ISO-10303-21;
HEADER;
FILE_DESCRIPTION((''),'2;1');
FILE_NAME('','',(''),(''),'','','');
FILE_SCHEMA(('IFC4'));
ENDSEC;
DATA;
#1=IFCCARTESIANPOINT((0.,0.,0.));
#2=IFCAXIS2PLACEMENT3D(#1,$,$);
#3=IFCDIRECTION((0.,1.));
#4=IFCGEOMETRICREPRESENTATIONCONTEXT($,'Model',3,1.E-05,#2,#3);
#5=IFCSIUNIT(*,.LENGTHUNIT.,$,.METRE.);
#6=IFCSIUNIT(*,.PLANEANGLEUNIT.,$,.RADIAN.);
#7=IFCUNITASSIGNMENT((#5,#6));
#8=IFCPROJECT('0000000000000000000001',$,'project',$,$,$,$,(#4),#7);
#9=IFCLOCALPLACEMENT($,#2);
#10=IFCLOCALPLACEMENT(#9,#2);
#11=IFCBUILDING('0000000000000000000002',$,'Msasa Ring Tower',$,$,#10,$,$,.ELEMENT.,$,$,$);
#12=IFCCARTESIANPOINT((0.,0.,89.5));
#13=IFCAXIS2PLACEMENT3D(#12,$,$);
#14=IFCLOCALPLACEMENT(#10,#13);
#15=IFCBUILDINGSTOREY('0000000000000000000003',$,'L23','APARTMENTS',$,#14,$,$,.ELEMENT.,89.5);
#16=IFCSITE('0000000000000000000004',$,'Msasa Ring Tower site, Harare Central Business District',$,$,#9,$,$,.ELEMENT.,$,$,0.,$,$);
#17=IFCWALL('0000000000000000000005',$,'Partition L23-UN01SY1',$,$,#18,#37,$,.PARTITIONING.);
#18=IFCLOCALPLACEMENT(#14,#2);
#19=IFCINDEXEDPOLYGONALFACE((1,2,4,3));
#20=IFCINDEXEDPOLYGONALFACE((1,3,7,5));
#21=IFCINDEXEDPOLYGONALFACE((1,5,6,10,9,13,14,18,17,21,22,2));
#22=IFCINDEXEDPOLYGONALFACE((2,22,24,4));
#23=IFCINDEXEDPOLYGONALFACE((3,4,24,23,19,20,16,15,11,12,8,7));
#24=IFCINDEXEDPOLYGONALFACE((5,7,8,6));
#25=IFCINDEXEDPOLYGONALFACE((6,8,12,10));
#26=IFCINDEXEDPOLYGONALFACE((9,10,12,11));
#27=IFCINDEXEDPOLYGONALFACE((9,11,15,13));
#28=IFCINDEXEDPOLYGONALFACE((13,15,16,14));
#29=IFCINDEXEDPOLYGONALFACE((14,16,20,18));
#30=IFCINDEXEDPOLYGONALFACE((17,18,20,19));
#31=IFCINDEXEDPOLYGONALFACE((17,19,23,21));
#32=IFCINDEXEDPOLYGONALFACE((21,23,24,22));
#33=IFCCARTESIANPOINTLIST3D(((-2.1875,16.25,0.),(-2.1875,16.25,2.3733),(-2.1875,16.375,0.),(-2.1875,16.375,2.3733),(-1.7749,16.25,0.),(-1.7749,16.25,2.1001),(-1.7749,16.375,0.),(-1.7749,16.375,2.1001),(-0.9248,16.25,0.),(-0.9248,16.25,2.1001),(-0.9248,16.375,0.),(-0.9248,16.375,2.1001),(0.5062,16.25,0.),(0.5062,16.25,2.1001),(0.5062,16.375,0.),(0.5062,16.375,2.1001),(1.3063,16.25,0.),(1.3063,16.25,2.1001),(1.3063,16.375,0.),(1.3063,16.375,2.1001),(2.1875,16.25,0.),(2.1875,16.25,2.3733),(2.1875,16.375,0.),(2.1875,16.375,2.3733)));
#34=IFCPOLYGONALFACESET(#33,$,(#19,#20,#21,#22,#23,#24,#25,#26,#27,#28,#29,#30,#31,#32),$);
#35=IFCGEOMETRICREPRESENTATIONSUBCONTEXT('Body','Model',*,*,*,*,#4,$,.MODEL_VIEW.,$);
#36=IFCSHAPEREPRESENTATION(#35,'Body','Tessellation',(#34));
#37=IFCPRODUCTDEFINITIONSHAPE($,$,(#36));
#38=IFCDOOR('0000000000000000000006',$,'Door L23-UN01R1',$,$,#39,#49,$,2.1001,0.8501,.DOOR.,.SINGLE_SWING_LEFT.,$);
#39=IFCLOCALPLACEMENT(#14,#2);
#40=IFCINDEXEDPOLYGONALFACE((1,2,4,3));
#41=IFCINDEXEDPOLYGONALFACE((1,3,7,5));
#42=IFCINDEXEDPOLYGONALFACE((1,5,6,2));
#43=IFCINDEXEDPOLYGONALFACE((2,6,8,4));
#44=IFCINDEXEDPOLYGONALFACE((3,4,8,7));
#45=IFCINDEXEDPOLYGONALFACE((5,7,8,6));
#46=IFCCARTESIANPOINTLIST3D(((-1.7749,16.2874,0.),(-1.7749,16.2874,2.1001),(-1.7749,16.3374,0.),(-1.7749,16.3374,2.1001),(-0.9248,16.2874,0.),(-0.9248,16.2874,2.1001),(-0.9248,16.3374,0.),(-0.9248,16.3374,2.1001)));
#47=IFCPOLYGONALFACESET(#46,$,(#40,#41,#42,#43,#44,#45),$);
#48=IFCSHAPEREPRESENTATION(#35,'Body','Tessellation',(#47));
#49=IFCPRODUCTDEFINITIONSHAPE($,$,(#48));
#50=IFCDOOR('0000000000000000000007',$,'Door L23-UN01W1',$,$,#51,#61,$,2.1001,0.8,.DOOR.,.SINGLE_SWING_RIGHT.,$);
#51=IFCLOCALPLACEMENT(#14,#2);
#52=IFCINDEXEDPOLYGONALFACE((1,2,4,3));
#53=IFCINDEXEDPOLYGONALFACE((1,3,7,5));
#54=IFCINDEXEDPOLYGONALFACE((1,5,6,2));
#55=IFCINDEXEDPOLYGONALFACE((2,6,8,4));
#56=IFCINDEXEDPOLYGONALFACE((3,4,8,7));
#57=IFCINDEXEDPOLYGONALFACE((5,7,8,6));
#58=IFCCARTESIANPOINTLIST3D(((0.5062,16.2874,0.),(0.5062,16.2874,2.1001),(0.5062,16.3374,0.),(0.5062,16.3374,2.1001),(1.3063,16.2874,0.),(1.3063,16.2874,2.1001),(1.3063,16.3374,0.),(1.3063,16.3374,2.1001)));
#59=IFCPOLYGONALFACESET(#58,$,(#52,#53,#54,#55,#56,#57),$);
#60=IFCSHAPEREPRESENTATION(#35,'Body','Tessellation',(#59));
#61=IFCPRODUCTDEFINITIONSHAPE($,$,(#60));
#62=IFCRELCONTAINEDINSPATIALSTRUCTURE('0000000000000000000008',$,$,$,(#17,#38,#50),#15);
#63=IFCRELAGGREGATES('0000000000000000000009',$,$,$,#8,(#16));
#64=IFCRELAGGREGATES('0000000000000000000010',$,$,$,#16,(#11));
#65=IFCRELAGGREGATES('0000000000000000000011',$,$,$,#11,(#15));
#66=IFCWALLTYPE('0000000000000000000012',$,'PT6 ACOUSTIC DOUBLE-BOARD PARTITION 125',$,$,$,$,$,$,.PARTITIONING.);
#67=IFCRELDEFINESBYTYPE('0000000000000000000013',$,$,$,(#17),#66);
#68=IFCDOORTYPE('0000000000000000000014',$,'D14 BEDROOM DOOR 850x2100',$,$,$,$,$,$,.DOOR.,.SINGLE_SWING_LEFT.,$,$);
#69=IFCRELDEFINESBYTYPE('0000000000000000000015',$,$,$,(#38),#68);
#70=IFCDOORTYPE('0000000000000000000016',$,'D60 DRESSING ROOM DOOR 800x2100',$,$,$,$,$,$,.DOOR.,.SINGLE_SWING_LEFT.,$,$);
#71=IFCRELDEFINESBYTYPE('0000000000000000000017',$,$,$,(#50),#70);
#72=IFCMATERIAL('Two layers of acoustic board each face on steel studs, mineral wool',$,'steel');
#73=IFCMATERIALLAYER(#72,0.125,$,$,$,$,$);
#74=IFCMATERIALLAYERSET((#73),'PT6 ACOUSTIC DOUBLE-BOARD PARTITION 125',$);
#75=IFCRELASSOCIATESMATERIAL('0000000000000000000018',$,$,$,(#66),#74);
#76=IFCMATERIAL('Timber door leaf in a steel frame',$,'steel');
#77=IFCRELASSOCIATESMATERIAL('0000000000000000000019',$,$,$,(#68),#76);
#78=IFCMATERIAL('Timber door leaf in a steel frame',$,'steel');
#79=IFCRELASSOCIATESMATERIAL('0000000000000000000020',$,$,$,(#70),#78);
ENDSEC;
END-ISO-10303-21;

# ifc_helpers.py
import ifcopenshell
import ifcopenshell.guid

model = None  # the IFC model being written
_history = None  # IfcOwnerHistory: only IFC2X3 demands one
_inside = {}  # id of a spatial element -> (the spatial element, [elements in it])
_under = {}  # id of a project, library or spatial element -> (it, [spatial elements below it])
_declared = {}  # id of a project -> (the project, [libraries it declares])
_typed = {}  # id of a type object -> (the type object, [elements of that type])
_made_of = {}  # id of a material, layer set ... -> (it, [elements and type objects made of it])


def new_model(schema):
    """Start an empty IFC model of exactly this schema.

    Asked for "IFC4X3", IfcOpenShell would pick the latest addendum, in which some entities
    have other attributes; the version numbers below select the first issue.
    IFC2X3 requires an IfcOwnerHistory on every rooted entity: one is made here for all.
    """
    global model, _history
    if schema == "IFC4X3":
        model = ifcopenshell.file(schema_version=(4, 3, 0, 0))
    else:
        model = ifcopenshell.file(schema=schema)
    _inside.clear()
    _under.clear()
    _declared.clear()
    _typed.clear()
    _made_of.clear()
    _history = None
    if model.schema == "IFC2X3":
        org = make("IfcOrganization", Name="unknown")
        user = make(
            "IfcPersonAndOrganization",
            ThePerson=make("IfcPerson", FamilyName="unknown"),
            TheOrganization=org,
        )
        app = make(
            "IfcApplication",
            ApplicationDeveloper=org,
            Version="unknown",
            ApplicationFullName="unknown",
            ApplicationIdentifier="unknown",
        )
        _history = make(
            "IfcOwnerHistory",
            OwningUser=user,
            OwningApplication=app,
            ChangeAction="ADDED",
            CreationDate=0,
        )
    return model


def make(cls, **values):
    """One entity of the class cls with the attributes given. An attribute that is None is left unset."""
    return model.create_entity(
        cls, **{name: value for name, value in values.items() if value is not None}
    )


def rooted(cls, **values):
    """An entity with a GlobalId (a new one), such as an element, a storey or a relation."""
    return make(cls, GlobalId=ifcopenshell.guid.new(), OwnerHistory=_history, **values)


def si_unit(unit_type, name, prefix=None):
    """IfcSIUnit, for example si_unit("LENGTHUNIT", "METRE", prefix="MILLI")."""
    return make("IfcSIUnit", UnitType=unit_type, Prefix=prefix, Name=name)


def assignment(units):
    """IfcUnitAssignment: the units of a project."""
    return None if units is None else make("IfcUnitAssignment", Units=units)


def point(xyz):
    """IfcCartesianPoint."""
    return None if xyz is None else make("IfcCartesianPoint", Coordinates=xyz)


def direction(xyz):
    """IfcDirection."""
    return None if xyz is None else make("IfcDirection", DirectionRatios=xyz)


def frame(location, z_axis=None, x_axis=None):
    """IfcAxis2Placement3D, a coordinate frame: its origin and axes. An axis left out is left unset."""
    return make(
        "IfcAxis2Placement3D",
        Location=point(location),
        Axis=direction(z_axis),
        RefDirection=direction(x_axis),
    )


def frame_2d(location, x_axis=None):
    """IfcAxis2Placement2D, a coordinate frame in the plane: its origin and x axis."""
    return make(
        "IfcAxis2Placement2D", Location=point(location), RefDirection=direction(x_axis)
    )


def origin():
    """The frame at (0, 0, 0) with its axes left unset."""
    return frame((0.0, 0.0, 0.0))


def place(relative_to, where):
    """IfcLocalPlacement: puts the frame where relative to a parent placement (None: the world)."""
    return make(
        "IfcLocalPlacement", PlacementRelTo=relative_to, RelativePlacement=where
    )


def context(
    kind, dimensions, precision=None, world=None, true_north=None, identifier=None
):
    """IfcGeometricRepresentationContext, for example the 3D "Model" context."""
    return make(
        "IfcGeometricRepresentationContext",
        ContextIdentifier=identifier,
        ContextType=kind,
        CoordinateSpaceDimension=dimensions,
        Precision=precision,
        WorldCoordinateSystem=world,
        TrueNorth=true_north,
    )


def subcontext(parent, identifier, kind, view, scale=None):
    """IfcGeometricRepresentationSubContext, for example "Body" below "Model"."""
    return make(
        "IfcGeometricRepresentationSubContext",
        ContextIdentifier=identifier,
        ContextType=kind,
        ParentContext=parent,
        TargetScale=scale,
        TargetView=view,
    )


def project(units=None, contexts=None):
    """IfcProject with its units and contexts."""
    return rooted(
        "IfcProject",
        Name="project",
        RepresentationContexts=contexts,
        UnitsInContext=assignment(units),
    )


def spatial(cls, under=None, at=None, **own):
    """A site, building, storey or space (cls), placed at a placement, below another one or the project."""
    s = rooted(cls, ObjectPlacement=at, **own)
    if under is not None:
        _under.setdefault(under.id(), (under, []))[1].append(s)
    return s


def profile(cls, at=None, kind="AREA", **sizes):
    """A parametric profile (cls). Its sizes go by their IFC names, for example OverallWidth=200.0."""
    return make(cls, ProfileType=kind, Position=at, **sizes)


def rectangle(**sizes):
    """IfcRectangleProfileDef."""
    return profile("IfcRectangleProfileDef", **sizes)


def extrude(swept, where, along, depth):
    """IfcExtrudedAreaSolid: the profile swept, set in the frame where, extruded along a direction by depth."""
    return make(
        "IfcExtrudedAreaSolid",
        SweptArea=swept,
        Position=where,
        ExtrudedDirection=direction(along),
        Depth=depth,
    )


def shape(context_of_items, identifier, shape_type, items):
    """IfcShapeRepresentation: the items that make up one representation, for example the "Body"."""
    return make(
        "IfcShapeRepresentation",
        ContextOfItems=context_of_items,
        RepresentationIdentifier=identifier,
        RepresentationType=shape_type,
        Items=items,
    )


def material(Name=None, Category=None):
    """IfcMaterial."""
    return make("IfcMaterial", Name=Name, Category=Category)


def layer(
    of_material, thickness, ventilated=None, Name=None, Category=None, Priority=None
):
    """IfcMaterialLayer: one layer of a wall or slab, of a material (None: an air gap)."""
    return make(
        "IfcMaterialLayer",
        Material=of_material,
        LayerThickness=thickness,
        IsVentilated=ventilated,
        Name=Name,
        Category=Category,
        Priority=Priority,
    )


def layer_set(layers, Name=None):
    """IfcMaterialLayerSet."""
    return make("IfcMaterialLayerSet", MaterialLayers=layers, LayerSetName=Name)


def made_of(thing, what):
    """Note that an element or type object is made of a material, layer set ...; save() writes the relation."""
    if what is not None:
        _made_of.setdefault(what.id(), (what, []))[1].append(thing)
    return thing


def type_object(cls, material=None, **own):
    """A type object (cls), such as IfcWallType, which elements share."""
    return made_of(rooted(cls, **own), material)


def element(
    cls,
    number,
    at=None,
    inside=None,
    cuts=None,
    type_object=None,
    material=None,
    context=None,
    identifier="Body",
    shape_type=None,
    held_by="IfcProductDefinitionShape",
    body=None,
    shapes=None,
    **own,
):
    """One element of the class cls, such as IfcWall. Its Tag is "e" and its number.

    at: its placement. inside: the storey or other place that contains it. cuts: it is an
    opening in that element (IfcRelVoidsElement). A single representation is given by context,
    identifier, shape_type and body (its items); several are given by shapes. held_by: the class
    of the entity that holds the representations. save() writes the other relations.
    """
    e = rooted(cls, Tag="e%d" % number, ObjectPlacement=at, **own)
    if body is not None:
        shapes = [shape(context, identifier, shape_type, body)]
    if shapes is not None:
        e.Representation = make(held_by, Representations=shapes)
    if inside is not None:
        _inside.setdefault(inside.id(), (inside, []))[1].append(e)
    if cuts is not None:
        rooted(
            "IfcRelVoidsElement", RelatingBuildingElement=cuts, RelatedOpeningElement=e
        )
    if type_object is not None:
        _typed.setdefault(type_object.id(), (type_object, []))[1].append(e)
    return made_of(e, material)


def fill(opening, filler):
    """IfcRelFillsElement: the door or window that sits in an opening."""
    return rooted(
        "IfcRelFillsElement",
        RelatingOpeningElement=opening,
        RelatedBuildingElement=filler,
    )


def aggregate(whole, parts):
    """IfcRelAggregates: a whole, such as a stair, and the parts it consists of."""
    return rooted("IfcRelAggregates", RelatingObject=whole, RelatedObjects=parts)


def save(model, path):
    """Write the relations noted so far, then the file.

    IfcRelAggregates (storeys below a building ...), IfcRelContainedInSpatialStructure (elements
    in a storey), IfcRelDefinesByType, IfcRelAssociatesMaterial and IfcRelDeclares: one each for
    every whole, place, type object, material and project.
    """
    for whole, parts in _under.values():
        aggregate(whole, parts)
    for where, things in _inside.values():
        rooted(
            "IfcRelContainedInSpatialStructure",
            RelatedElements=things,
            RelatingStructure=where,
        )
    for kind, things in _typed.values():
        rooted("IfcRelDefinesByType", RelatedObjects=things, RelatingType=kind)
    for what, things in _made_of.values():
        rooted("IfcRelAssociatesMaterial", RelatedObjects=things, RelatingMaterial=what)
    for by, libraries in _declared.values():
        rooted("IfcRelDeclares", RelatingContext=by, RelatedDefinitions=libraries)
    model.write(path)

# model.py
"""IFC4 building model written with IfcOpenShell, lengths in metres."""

from ifc_helpers import new_model, si_unit, direction, frame, frame_2d, origin, place, context, subcontext, project, spatial, rectangle, extrude, material, layer, layer_set, type_object, element, fill, save


model = new_model("IFC4")

# Units and contexts
model_context = context("Model", 3, precision=1e-05, world=origin(), true_north=direction((0.0, 1.0)))
body_context = subcontext(model_context, "Body", "Model", "MODEL_VIEW")
ifc_project = project(units=[si_unit("LENGTHUNIT", "METRE"), si_unit("PLANEANGLEUNIT", "RADIAN")], contexts=[model_context])

# Site, building, storey
site_placement = place(None, origin())
site = spatial("IfcSite", under=ifc_project, at=site_placement, Name="Msasa Ring Tower site, Harare Central Business District", CompositionType="ELEMENT", RefElevation=0.0)
building_placement = place(site_placement, origin())
building = spatial("IfcBuilding", under=site, at=building_placement, Name="Msasa Ring Tower", CompositionType="ELEMENT")
storey_placement = place(building_placement, frame((0.0, 0.0, 89.5)))
storey = spatial("IfcBuildingStorey", under=building, at=storey_placement, Name="L23", Description="APARTMENTS", CompositionType="ELEMENT", Elevation=89.5)

# Shared definitions
ifc_material_1 = material(Name="Two layers of acoustic board each face on steel studs, mineral wool", Category="steel")
ifc_layer_1 = layer(ifc_material_1, 0.125)
ifc_layer_set_1 = layer_set([ifc_layer_1], Name="PT6 ACOUSTIC DOUBLE-BOARD PARTITION 125")
wall_type_1 = type_object("IfcWallType", Name="PT6 ACOUSTIC DOUBLE-BOARD PARTITION 125", PredefinedType="PARTITIONING", material=ifc_layer_set_1)

# Wall, openings, doors
wall_1_placement = place(storey_placement, frame((-2.1875, 16.3125, 0.0), z_axis=(0.0, 0.0, 1.0), x_axis=(1.0, 0.0, 0.0)))
wall_1 = element("IfcWall", 1, at=wall_1_placement, inside=storey, type_object=wall_type_1, Name="Partition L23-UN01SY1", PredefinedType="PARTITIONING", context=body_context, shape_type="SweptSolid", body=[
    extrude(rectangle(XDim=4.375, YDim=0.125, at=frame_2d((2.1875, 0.0))), origin(), (0.0, 0.0, 1.0), 2.3733),
])
opening_1_placement = place(wall_1_placement, frame((0.4126, 0.0, 0.0)))
opening_1 = element("IfcOpeningElement", 2, at=opening_1_placement, cuts=wall_1, PredefinedType="OPENING", context=body_context, shape_type="SweptSolid", body=[
    extrude(rectangle(XDim=0.8501, YDim=2.1001, at=frame_2d((0.425, 1.05))), frame((0.0, 0.0725, 0.0), z_axis=(0.0, -1.0, 0.0), x_axis=(1.0, 0.0, 0.0)), (0.0, 0.0, 1.0), 0.145),
])
opening_2_placement = place(wall_1_placement, frame((2.6938, 0.0, 0.0)))
opening_2 = element("IfcOpeningElement", 3, at=opening_2_placement, cuts=wall_1, PredefinedType="OPENING", context=body_context, shape_type="SweptSolid", body=[
    extrude(rectangle(XDim=0.8, YDim=2.1001, at=frame_2d((0.3999, 1.05))), frame((0.0, 0.0725, 0.0), z_axis=(0.0, -1.0, 0.0), x_axis=(1.0, 0.0, 0.0)), (0.0, 0.0, 1.0), 0.145),
])
ifc_material_2 = material(Name="Timber door leaf in a steel frame", Category="steel")
door_type_1 = type_object("IfcDoorType", Name="D14 BEDROOM DOOR 850x2100", OperationType="SINGLE_SWING_LEFT", PredefinedType="DOOR", material=ifc_material_2)
door_1_placement = place(opening_1_placement, origin())
door_1 = element("IfcDoor", 4, at=door_1_placement, inside=storey, type_object=door_type_1, Name="Door L23-UN01R1", OperationType="SINGLE_SWING_LEFT", OverallHeight=2.1001, OverallWidth=0.8501, PredefinedType="DOOR", context=body_context, shape_type="SweptSolid", body=[
    extrude(rectangle(XDim=0.8501, YDim=2.1001, at=frame_2d((0.425, 1.05))), frame((0.0, 0.0249, 0.0), z_axis=(0.0, -1.0, 0.0), x_axis=(1.0, 0.0, 0.0)), (0.0, 0.0, 1.0), 0.05),
])
fill(opening_1, door_1)
ifc_material_3 = material(Name="Timber door leaf in a steel frame", Category="steel")
door_type_2 = type_object("IfcDoorType", Name="D60 DRESSING ROOM DOOR 800x2100", OperationType="SINGLE_SWING_LEFT", PredefinedType="DOOR", material=ifc_material_3)
door_2_placement = place(opening_2_placement, origin())
door_2 = element("IfcDoor", 5, at=door_2_placement, inside=storey, type_object=door_type_2, Name="Door L23-UN01W1", OperationType="SINGLE_SWING_RIGHT", OverallHeight=2.1001, OverallWidth=0.8, PredefinedType="DOOR", context=body_context, shape_type="SweptSolid", body=[
    extrude(rectangle(XDim=0.8, YDim=2.1001, at=frame_2d((0.3999, 1.05))), frame((0.0, 0.0249, 0.0), z_axis=(0.0, -1.0, 0.0), x_axis=(1.0, 0.0, 0.0)), (0.0, 0.0, 1.0), 0.05),
])
fill(opening_2, door_2)

save(model, "model.ifc")
